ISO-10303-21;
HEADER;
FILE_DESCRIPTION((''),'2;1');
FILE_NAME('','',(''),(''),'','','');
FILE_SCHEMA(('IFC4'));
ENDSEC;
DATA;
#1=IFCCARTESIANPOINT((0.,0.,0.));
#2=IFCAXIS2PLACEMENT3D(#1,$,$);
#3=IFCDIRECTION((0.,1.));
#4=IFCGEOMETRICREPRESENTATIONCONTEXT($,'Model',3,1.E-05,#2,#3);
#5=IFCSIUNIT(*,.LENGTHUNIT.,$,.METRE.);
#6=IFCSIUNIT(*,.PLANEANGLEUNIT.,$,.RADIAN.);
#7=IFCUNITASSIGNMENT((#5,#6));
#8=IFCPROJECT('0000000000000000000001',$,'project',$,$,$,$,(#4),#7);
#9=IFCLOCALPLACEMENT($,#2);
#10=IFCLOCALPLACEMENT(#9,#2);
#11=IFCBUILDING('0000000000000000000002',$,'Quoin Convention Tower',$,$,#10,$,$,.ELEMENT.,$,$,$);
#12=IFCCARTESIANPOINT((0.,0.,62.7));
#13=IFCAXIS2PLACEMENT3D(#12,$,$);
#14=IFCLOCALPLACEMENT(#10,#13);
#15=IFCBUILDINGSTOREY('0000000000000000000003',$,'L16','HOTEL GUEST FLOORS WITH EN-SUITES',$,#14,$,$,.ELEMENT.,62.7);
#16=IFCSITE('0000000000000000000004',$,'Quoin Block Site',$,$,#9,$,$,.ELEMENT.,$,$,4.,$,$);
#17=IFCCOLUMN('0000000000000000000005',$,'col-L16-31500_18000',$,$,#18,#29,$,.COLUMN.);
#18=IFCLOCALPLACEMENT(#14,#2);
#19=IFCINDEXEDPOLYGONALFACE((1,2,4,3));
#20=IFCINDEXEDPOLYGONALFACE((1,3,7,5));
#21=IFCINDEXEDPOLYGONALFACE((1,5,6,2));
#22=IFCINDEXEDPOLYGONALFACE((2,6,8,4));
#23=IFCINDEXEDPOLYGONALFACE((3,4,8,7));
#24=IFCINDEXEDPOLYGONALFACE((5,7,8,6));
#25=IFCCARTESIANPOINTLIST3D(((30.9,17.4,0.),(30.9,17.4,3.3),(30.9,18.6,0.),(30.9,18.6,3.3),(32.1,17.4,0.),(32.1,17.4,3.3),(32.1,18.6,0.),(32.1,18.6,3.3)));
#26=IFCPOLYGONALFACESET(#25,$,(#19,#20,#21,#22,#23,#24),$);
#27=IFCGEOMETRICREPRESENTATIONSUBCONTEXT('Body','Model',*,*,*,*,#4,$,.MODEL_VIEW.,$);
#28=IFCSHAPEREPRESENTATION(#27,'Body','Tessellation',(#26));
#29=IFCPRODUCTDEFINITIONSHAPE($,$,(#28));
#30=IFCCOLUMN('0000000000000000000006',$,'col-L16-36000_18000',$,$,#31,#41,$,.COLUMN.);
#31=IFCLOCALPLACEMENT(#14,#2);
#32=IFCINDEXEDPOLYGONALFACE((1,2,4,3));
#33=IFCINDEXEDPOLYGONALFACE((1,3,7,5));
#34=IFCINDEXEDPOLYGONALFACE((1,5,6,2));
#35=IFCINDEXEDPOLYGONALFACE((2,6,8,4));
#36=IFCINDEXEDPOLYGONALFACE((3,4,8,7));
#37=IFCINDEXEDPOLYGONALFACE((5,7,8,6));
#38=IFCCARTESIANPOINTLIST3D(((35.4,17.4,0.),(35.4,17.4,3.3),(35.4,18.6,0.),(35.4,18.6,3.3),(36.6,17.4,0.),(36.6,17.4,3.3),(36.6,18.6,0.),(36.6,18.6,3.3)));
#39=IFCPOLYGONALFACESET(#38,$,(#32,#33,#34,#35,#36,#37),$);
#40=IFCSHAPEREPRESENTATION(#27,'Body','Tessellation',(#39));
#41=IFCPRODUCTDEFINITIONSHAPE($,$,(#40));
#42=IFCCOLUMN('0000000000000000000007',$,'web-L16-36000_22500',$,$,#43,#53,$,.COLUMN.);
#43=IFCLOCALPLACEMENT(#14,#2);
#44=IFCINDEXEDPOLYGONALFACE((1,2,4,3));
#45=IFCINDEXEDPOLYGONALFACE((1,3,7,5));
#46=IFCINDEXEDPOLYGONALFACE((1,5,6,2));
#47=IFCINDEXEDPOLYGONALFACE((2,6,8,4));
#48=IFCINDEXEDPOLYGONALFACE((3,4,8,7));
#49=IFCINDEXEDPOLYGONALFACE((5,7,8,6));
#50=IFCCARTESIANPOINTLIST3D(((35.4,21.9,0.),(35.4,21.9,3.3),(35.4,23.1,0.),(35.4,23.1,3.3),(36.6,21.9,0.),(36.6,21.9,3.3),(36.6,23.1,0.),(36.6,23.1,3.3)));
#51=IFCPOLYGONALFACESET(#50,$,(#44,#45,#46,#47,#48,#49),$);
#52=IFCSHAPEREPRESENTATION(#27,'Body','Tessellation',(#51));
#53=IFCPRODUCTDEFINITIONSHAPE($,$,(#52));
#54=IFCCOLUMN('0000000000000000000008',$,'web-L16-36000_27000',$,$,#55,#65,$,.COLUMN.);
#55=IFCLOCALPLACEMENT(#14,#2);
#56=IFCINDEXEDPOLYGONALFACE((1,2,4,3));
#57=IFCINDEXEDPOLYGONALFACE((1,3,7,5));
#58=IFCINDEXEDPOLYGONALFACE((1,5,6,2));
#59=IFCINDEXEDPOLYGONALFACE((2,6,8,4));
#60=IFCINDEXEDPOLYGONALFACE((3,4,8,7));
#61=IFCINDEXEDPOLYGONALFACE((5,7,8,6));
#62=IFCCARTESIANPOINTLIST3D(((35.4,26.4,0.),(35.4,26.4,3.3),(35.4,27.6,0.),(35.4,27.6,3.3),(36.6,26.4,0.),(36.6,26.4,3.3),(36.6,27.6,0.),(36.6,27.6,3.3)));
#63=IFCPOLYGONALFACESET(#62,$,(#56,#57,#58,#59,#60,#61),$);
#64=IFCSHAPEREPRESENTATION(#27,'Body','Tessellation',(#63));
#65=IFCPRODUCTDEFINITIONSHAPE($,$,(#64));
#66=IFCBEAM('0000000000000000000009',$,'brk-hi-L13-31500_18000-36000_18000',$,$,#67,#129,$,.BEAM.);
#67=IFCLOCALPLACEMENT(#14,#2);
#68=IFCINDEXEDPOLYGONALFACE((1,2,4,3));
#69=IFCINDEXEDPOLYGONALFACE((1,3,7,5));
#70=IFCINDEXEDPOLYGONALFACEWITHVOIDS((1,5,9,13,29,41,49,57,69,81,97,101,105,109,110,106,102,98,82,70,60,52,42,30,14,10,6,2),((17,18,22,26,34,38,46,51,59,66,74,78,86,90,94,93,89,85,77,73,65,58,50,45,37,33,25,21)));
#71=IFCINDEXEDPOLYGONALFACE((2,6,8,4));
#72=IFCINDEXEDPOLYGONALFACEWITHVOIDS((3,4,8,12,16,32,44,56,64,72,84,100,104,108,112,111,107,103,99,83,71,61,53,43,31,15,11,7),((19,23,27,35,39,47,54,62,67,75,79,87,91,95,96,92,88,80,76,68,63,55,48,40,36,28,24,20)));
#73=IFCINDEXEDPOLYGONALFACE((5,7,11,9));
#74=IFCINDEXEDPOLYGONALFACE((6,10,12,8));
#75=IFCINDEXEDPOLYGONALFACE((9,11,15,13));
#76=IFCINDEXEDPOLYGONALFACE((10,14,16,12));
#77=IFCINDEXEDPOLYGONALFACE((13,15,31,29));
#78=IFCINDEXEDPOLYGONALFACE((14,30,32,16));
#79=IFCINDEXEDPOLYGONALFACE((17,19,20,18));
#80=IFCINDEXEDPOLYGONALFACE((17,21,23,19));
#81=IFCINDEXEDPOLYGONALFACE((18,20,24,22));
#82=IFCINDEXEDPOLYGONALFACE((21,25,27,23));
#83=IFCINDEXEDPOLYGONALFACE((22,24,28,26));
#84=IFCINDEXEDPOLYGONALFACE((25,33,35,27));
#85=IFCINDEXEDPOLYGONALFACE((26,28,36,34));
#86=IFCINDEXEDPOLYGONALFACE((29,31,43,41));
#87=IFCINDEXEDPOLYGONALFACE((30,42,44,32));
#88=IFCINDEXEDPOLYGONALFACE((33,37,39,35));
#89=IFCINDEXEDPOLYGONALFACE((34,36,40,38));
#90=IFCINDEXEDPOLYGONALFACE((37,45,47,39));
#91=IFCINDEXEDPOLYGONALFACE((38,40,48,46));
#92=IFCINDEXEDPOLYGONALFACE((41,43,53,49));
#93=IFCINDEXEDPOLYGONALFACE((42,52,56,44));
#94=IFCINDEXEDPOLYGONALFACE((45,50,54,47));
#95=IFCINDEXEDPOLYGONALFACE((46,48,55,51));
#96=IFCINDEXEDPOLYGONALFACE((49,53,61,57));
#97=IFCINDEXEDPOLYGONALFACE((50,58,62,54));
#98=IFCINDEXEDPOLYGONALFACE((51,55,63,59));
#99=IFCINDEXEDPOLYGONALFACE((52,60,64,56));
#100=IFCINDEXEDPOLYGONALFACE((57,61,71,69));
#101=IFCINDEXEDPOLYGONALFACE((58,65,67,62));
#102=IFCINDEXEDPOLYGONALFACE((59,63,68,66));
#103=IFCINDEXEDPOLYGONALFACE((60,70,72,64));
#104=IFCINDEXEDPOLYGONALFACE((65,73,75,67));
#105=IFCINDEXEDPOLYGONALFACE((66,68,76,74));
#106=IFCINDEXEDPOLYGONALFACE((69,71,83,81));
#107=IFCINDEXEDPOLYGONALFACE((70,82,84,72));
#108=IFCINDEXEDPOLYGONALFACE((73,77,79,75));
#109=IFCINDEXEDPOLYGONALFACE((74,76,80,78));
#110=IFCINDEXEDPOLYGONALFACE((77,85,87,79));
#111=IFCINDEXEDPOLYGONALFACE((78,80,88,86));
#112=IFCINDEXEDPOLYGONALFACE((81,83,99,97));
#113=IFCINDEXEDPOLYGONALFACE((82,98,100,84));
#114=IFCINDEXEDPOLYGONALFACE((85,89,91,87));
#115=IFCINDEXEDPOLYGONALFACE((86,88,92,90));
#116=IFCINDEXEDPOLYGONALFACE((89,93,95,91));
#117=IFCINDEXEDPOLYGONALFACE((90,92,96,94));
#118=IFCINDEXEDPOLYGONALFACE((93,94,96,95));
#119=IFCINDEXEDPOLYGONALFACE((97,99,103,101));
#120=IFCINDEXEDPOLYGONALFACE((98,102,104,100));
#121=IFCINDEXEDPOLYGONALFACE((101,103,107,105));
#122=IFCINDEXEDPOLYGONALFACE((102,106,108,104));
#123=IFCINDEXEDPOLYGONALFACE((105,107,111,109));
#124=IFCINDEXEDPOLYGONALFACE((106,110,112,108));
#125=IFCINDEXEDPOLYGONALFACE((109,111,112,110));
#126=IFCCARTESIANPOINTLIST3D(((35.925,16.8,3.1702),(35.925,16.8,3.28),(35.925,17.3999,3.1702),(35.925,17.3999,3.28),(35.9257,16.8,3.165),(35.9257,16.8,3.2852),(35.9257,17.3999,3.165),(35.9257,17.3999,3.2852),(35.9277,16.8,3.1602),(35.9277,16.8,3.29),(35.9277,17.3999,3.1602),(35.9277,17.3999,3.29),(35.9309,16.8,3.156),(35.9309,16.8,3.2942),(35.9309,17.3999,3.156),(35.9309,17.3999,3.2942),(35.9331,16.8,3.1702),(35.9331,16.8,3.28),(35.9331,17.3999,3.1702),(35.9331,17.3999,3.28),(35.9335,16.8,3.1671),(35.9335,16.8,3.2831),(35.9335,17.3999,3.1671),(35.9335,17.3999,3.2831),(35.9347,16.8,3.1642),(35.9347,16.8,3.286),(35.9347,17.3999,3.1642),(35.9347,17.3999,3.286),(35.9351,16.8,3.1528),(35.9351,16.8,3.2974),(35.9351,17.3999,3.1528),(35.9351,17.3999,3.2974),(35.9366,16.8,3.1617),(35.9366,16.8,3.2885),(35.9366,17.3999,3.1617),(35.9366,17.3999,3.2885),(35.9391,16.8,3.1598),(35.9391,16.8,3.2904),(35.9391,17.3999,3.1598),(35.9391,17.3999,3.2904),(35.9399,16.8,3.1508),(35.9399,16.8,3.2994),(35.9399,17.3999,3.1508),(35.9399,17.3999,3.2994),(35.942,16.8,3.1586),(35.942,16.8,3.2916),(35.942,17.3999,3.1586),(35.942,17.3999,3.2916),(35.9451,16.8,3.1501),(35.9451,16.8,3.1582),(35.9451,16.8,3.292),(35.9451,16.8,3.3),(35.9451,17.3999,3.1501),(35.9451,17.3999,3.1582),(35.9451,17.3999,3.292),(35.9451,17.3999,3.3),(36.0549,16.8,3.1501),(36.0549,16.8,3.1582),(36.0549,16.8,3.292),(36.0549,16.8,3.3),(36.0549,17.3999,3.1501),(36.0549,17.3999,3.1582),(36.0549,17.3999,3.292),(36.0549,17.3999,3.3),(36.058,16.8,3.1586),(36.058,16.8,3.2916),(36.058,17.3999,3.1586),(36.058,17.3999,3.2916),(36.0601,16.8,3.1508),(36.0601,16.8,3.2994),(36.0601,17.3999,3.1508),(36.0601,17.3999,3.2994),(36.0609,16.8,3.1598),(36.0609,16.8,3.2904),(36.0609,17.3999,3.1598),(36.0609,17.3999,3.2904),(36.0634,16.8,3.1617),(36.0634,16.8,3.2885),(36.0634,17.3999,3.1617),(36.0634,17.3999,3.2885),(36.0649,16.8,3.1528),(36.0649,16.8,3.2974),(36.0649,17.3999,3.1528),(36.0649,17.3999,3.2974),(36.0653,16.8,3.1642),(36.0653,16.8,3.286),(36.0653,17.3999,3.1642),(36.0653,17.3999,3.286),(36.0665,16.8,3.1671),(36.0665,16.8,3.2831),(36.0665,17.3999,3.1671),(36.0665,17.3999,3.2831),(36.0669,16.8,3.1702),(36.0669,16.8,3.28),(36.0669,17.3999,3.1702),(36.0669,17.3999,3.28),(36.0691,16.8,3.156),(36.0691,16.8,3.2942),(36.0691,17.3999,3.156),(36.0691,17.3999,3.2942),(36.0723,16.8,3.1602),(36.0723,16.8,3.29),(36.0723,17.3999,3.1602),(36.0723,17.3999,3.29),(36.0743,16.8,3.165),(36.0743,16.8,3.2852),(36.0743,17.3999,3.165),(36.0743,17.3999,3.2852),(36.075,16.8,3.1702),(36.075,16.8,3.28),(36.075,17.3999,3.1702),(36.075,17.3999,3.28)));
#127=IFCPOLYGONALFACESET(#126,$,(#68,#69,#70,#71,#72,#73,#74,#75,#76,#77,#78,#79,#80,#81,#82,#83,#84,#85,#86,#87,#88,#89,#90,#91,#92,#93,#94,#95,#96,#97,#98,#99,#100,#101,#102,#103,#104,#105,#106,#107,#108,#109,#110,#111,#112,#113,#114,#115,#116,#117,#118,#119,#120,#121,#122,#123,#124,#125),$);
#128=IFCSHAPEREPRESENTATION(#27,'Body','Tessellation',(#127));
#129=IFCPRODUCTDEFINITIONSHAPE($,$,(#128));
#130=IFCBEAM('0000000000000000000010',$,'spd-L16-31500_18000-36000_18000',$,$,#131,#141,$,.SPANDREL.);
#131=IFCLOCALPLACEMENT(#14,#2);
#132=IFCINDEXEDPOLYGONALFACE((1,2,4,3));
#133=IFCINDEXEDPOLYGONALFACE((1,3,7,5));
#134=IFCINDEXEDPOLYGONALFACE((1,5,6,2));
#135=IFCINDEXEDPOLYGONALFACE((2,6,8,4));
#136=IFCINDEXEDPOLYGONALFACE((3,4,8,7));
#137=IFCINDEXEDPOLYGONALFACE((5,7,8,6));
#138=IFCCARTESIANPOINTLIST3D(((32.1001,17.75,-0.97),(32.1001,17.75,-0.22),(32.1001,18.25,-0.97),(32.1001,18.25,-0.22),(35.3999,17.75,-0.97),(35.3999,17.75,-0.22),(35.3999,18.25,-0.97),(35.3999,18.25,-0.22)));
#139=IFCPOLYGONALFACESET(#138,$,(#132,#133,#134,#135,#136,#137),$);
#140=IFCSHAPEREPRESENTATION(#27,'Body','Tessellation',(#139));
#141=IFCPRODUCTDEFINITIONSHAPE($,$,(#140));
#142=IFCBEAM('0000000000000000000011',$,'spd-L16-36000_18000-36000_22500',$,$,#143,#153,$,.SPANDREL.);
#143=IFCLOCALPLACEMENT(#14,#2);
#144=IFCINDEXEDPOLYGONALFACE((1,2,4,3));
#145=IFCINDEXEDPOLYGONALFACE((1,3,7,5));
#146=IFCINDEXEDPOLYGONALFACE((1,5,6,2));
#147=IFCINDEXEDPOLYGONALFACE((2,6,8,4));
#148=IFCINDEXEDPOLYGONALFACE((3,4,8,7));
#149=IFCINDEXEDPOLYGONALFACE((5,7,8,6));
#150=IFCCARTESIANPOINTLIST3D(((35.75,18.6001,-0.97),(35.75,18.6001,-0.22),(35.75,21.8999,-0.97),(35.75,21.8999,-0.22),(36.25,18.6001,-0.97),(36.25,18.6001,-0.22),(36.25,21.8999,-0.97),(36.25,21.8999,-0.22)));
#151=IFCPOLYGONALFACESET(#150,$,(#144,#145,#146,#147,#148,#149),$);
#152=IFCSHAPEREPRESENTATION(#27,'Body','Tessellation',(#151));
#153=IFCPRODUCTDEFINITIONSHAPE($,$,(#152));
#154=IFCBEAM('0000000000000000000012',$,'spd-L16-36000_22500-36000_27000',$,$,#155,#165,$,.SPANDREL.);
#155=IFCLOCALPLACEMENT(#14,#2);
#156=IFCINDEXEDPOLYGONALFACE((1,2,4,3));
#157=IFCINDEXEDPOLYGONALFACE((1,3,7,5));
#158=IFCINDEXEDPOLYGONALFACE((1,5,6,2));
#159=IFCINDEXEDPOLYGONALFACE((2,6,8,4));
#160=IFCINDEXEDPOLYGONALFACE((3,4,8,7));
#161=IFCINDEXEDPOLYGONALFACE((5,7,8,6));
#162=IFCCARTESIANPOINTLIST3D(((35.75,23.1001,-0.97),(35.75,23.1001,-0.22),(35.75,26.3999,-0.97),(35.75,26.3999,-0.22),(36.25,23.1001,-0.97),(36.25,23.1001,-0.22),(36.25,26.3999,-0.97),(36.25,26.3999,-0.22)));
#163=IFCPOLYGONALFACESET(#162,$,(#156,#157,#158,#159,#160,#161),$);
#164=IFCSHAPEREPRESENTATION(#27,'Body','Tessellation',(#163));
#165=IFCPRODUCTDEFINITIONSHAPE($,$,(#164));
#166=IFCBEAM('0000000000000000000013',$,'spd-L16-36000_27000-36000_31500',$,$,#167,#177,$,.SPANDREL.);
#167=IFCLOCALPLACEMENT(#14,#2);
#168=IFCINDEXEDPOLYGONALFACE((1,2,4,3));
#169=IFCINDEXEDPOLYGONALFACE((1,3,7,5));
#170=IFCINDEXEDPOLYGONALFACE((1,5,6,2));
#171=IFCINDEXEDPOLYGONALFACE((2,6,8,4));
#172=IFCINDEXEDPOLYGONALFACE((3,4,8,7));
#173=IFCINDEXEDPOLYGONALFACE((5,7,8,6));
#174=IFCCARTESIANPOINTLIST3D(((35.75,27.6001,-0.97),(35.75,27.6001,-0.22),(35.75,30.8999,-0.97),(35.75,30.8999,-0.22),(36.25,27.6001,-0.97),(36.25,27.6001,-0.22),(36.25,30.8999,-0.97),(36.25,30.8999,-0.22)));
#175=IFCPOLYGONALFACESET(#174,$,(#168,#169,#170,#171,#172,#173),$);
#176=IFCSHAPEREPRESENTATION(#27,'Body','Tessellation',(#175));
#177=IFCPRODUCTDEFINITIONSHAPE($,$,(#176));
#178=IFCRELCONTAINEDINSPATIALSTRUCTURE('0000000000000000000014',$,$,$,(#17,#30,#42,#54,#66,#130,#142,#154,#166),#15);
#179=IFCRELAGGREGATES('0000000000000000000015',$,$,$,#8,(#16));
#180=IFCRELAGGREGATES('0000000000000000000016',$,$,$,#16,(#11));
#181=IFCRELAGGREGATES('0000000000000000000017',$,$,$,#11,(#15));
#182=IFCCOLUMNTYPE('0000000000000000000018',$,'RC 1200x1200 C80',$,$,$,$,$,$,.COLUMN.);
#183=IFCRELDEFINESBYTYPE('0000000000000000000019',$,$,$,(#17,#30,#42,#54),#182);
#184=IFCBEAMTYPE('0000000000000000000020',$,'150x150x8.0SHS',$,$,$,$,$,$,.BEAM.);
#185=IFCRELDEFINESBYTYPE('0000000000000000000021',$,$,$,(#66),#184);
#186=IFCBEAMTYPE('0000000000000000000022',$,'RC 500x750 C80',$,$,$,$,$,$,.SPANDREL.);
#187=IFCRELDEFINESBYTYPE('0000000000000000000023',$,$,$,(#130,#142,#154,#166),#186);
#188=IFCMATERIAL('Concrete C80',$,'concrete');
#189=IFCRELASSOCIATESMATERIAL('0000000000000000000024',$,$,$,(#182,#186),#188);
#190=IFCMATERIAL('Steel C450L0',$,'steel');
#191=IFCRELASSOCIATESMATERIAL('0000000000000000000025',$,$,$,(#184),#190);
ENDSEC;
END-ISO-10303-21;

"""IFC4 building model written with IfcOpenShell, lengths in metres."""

from ifc_helpers import new_model, si_unit, direction, frame, origin, origin_2d, place, context, subcontext, project, spatial, rectangle, hollow_rectangle, extrude, material, material_profile, profile_set, type_object, element, save


model = new_model("IFC4")

# Units and contexts
model_context = context("Model", 3, precision=1e-05, world=origin(), true_north=direction((0.0, 1.0)))
body_context = subcontext(model_context, "Body", "Model", "MODEL_VIEW")
ifc_project = project(units=[si_unit("LENGTHUNIT", "METRE"), si_unit("PLANEANGLEUNIT", "RADIAN")], contexts=[model_context])

# Site, building, storey
site_placement = place(None, origin())
site = spatial("IfcSite", under=ifc_project, at=site_placement, Name="Quoin Block Site", CompositionType="ELEMENT", RefElevation=4.0)
building_placement = place(site_placement, origin())
building = spatial("IfcBuilding", under=site, at=building_placement, Name="Quoin Convention Tower", CompositionType="ELEMENT")
storey_placement = place(building_placement, frame((0.0, 0.0, 62.7)))
storey = spatial("IfcBuildingStorey", under=building, at=storey_placement, Name="L16", Description="HOTEL GUEST FLOORS WITH EN-SUITES", CompositionType="ELEMENT", Elevation=62.7)

# Columns
ifc_material_1 = material(Name="Concrete C80", Category="concrete")
ifc_material_profile_1 = material_profile(ifc_material_1, rectangle(XDim=1.2, YDim=1.2, at=origin_2d()), Name="RC 1200x1200")
ifc_profile_set_1 = profile_set([ifc_material_profile_1], Name="Concrete C80")
column_type = type_object("IfcColumnType", Name="RC 1200x1200 C80", PredefinedType="COLUMN", material=ifc_profile_set_1)
for number, where, z_axis, x_axis, name in (
    (1, (31.5, 18.0, 0.0), (0.0, 0.0, 1.0), (1.0, 0.0, 0.0), "col-L16-31500_18000"),
    (2, (36.0, 18.0, 0.0), (0.0, 0.0, 1.0), (1.0, 0.0, 0.0), "col-L16-36000_18000"),
    (3, (36.0, 22.5, 0.0), (0.0, 0.0, 1.0), (1.0, 0.0, 0.0), "web-L16-36000_22500"),
    (4, (36.0, 27.0, 0.0), (0.0, 0.0, 1.0), (1.0, 0.0, 0.0), "web-L16-36000_27000"),
):
    element("IfcColumn", number, at=place(storey_placement, frame(where, z_axis=z_axis, x_axis=x_axis)), inside=storey, type_object=column_type, Name=name, PredefinedType="COLUMN", context=body_context, shape_type="SweptSolid", body=[
        extrude(rectangle(XDim=1.2, YDim=1.2, at=origin_2d()), origin(), (0.0, 0.0, 1.0), 3.3),
    ])

# Beams
ifc_material_2 = material(Name="Steel C450L0", Category="steel")
ifc_material_profile_2 = material_profile(ifc_material_2, hollow_rectangle(XDim=0.1499, YDim=0.1499, WallThickness=0.0081, InnerFilletRadius=0.012, OuterFilletRadius=0.02, at=origin_2d()), Name="150x150x8.0SHS")
ifc_profile_set_2 = profile_set([ifc_material_profile_2], Name="Steel C450L0")
beam_type_1 = type_object("IfcBeamType", Name="150x150x8.0SHS", PredefinedType="BEAM", material=ifc_profile_set_2)
beam_placement = place(storey_placement, frame((36.0, 17.3999, 3.2251), z_axis=(0.0, -1.0, 0.0), x_axis=(1.0, 0.0, 0.0)))
element("IfcBeam", 5, at=beam_placement, inside=storey, type_object=beam_type_1, Name="brk-hi-L13-31500_18000-36000_18000", PredefinedType="BEAM", context=body_context, shape_type="SweptSolid", body=[
    extrude(hollow_rectangle(XDim=0.1499, YDim=0.1499, WallThickness=0.0081, InnerFilletRadius=0.012, OuterFilletRadius=0.02, at=origin_2d()), origin(), (0.0, 0.0, 1.0), 0.5999),
])
ifc_material_profile_3 = material_profile(ifc_material_1, rectangle(XDim=0.5, YDim=0.75, at=origin_2d()), Name="RC 500x750")
ifc_profile_set_3 = profile_set([ifc_material_profile_3], Name="Concrete C80")
beam_type_2 = type_object("IfcBeamType", Name="RC 500x750 C80", PredefinedType="SPANDREL", material=ifc_profile_set_3)
for number, where, z_axis, x_axis, name in (
    (6, (32.1001, 18.0, -0.595), (1.0, 0.0, 0.0), (0.0, 1.0, 0.0), "spd-L16-31500_18000-36000_18000"),
    (7, (36.0, 18.6001, -0.595), (0.0, 1.0, 0.0), (-1.0, 0.0, 0.0), "spd-L16-36000_18000-36000_22500"),
    (8, (36.0, 23.1001, -0.595), (0.0, 1.0, 0.0), (-1.0, 0.0, 0.0), "spd-L16-36000_22500-36000_27000"),
    (9, (36.0, 27.6001, -0.595), (0.0, 1.0, 0.0), (-1.0, 0.0, 0.0), "spd-L16-36000_27000-36000_31500"),
):
    element("IfcBeam", number, at=place(storey_placement, frame(where, z_axis=z_axis, x_axis=x_axis)), inside=storey, type_object=beam_type_2, Name=name, PredefinedType="SPANDREL", context=body_context, shape_type="SweptSolid", body=[
        extrude(rectangle(XDim=0.5, YDim=0.75, at=origin_2d()), origin(), (0.0, 0.0, 1.0), 3.2998),
    ])

save(model, "model.ifc")
